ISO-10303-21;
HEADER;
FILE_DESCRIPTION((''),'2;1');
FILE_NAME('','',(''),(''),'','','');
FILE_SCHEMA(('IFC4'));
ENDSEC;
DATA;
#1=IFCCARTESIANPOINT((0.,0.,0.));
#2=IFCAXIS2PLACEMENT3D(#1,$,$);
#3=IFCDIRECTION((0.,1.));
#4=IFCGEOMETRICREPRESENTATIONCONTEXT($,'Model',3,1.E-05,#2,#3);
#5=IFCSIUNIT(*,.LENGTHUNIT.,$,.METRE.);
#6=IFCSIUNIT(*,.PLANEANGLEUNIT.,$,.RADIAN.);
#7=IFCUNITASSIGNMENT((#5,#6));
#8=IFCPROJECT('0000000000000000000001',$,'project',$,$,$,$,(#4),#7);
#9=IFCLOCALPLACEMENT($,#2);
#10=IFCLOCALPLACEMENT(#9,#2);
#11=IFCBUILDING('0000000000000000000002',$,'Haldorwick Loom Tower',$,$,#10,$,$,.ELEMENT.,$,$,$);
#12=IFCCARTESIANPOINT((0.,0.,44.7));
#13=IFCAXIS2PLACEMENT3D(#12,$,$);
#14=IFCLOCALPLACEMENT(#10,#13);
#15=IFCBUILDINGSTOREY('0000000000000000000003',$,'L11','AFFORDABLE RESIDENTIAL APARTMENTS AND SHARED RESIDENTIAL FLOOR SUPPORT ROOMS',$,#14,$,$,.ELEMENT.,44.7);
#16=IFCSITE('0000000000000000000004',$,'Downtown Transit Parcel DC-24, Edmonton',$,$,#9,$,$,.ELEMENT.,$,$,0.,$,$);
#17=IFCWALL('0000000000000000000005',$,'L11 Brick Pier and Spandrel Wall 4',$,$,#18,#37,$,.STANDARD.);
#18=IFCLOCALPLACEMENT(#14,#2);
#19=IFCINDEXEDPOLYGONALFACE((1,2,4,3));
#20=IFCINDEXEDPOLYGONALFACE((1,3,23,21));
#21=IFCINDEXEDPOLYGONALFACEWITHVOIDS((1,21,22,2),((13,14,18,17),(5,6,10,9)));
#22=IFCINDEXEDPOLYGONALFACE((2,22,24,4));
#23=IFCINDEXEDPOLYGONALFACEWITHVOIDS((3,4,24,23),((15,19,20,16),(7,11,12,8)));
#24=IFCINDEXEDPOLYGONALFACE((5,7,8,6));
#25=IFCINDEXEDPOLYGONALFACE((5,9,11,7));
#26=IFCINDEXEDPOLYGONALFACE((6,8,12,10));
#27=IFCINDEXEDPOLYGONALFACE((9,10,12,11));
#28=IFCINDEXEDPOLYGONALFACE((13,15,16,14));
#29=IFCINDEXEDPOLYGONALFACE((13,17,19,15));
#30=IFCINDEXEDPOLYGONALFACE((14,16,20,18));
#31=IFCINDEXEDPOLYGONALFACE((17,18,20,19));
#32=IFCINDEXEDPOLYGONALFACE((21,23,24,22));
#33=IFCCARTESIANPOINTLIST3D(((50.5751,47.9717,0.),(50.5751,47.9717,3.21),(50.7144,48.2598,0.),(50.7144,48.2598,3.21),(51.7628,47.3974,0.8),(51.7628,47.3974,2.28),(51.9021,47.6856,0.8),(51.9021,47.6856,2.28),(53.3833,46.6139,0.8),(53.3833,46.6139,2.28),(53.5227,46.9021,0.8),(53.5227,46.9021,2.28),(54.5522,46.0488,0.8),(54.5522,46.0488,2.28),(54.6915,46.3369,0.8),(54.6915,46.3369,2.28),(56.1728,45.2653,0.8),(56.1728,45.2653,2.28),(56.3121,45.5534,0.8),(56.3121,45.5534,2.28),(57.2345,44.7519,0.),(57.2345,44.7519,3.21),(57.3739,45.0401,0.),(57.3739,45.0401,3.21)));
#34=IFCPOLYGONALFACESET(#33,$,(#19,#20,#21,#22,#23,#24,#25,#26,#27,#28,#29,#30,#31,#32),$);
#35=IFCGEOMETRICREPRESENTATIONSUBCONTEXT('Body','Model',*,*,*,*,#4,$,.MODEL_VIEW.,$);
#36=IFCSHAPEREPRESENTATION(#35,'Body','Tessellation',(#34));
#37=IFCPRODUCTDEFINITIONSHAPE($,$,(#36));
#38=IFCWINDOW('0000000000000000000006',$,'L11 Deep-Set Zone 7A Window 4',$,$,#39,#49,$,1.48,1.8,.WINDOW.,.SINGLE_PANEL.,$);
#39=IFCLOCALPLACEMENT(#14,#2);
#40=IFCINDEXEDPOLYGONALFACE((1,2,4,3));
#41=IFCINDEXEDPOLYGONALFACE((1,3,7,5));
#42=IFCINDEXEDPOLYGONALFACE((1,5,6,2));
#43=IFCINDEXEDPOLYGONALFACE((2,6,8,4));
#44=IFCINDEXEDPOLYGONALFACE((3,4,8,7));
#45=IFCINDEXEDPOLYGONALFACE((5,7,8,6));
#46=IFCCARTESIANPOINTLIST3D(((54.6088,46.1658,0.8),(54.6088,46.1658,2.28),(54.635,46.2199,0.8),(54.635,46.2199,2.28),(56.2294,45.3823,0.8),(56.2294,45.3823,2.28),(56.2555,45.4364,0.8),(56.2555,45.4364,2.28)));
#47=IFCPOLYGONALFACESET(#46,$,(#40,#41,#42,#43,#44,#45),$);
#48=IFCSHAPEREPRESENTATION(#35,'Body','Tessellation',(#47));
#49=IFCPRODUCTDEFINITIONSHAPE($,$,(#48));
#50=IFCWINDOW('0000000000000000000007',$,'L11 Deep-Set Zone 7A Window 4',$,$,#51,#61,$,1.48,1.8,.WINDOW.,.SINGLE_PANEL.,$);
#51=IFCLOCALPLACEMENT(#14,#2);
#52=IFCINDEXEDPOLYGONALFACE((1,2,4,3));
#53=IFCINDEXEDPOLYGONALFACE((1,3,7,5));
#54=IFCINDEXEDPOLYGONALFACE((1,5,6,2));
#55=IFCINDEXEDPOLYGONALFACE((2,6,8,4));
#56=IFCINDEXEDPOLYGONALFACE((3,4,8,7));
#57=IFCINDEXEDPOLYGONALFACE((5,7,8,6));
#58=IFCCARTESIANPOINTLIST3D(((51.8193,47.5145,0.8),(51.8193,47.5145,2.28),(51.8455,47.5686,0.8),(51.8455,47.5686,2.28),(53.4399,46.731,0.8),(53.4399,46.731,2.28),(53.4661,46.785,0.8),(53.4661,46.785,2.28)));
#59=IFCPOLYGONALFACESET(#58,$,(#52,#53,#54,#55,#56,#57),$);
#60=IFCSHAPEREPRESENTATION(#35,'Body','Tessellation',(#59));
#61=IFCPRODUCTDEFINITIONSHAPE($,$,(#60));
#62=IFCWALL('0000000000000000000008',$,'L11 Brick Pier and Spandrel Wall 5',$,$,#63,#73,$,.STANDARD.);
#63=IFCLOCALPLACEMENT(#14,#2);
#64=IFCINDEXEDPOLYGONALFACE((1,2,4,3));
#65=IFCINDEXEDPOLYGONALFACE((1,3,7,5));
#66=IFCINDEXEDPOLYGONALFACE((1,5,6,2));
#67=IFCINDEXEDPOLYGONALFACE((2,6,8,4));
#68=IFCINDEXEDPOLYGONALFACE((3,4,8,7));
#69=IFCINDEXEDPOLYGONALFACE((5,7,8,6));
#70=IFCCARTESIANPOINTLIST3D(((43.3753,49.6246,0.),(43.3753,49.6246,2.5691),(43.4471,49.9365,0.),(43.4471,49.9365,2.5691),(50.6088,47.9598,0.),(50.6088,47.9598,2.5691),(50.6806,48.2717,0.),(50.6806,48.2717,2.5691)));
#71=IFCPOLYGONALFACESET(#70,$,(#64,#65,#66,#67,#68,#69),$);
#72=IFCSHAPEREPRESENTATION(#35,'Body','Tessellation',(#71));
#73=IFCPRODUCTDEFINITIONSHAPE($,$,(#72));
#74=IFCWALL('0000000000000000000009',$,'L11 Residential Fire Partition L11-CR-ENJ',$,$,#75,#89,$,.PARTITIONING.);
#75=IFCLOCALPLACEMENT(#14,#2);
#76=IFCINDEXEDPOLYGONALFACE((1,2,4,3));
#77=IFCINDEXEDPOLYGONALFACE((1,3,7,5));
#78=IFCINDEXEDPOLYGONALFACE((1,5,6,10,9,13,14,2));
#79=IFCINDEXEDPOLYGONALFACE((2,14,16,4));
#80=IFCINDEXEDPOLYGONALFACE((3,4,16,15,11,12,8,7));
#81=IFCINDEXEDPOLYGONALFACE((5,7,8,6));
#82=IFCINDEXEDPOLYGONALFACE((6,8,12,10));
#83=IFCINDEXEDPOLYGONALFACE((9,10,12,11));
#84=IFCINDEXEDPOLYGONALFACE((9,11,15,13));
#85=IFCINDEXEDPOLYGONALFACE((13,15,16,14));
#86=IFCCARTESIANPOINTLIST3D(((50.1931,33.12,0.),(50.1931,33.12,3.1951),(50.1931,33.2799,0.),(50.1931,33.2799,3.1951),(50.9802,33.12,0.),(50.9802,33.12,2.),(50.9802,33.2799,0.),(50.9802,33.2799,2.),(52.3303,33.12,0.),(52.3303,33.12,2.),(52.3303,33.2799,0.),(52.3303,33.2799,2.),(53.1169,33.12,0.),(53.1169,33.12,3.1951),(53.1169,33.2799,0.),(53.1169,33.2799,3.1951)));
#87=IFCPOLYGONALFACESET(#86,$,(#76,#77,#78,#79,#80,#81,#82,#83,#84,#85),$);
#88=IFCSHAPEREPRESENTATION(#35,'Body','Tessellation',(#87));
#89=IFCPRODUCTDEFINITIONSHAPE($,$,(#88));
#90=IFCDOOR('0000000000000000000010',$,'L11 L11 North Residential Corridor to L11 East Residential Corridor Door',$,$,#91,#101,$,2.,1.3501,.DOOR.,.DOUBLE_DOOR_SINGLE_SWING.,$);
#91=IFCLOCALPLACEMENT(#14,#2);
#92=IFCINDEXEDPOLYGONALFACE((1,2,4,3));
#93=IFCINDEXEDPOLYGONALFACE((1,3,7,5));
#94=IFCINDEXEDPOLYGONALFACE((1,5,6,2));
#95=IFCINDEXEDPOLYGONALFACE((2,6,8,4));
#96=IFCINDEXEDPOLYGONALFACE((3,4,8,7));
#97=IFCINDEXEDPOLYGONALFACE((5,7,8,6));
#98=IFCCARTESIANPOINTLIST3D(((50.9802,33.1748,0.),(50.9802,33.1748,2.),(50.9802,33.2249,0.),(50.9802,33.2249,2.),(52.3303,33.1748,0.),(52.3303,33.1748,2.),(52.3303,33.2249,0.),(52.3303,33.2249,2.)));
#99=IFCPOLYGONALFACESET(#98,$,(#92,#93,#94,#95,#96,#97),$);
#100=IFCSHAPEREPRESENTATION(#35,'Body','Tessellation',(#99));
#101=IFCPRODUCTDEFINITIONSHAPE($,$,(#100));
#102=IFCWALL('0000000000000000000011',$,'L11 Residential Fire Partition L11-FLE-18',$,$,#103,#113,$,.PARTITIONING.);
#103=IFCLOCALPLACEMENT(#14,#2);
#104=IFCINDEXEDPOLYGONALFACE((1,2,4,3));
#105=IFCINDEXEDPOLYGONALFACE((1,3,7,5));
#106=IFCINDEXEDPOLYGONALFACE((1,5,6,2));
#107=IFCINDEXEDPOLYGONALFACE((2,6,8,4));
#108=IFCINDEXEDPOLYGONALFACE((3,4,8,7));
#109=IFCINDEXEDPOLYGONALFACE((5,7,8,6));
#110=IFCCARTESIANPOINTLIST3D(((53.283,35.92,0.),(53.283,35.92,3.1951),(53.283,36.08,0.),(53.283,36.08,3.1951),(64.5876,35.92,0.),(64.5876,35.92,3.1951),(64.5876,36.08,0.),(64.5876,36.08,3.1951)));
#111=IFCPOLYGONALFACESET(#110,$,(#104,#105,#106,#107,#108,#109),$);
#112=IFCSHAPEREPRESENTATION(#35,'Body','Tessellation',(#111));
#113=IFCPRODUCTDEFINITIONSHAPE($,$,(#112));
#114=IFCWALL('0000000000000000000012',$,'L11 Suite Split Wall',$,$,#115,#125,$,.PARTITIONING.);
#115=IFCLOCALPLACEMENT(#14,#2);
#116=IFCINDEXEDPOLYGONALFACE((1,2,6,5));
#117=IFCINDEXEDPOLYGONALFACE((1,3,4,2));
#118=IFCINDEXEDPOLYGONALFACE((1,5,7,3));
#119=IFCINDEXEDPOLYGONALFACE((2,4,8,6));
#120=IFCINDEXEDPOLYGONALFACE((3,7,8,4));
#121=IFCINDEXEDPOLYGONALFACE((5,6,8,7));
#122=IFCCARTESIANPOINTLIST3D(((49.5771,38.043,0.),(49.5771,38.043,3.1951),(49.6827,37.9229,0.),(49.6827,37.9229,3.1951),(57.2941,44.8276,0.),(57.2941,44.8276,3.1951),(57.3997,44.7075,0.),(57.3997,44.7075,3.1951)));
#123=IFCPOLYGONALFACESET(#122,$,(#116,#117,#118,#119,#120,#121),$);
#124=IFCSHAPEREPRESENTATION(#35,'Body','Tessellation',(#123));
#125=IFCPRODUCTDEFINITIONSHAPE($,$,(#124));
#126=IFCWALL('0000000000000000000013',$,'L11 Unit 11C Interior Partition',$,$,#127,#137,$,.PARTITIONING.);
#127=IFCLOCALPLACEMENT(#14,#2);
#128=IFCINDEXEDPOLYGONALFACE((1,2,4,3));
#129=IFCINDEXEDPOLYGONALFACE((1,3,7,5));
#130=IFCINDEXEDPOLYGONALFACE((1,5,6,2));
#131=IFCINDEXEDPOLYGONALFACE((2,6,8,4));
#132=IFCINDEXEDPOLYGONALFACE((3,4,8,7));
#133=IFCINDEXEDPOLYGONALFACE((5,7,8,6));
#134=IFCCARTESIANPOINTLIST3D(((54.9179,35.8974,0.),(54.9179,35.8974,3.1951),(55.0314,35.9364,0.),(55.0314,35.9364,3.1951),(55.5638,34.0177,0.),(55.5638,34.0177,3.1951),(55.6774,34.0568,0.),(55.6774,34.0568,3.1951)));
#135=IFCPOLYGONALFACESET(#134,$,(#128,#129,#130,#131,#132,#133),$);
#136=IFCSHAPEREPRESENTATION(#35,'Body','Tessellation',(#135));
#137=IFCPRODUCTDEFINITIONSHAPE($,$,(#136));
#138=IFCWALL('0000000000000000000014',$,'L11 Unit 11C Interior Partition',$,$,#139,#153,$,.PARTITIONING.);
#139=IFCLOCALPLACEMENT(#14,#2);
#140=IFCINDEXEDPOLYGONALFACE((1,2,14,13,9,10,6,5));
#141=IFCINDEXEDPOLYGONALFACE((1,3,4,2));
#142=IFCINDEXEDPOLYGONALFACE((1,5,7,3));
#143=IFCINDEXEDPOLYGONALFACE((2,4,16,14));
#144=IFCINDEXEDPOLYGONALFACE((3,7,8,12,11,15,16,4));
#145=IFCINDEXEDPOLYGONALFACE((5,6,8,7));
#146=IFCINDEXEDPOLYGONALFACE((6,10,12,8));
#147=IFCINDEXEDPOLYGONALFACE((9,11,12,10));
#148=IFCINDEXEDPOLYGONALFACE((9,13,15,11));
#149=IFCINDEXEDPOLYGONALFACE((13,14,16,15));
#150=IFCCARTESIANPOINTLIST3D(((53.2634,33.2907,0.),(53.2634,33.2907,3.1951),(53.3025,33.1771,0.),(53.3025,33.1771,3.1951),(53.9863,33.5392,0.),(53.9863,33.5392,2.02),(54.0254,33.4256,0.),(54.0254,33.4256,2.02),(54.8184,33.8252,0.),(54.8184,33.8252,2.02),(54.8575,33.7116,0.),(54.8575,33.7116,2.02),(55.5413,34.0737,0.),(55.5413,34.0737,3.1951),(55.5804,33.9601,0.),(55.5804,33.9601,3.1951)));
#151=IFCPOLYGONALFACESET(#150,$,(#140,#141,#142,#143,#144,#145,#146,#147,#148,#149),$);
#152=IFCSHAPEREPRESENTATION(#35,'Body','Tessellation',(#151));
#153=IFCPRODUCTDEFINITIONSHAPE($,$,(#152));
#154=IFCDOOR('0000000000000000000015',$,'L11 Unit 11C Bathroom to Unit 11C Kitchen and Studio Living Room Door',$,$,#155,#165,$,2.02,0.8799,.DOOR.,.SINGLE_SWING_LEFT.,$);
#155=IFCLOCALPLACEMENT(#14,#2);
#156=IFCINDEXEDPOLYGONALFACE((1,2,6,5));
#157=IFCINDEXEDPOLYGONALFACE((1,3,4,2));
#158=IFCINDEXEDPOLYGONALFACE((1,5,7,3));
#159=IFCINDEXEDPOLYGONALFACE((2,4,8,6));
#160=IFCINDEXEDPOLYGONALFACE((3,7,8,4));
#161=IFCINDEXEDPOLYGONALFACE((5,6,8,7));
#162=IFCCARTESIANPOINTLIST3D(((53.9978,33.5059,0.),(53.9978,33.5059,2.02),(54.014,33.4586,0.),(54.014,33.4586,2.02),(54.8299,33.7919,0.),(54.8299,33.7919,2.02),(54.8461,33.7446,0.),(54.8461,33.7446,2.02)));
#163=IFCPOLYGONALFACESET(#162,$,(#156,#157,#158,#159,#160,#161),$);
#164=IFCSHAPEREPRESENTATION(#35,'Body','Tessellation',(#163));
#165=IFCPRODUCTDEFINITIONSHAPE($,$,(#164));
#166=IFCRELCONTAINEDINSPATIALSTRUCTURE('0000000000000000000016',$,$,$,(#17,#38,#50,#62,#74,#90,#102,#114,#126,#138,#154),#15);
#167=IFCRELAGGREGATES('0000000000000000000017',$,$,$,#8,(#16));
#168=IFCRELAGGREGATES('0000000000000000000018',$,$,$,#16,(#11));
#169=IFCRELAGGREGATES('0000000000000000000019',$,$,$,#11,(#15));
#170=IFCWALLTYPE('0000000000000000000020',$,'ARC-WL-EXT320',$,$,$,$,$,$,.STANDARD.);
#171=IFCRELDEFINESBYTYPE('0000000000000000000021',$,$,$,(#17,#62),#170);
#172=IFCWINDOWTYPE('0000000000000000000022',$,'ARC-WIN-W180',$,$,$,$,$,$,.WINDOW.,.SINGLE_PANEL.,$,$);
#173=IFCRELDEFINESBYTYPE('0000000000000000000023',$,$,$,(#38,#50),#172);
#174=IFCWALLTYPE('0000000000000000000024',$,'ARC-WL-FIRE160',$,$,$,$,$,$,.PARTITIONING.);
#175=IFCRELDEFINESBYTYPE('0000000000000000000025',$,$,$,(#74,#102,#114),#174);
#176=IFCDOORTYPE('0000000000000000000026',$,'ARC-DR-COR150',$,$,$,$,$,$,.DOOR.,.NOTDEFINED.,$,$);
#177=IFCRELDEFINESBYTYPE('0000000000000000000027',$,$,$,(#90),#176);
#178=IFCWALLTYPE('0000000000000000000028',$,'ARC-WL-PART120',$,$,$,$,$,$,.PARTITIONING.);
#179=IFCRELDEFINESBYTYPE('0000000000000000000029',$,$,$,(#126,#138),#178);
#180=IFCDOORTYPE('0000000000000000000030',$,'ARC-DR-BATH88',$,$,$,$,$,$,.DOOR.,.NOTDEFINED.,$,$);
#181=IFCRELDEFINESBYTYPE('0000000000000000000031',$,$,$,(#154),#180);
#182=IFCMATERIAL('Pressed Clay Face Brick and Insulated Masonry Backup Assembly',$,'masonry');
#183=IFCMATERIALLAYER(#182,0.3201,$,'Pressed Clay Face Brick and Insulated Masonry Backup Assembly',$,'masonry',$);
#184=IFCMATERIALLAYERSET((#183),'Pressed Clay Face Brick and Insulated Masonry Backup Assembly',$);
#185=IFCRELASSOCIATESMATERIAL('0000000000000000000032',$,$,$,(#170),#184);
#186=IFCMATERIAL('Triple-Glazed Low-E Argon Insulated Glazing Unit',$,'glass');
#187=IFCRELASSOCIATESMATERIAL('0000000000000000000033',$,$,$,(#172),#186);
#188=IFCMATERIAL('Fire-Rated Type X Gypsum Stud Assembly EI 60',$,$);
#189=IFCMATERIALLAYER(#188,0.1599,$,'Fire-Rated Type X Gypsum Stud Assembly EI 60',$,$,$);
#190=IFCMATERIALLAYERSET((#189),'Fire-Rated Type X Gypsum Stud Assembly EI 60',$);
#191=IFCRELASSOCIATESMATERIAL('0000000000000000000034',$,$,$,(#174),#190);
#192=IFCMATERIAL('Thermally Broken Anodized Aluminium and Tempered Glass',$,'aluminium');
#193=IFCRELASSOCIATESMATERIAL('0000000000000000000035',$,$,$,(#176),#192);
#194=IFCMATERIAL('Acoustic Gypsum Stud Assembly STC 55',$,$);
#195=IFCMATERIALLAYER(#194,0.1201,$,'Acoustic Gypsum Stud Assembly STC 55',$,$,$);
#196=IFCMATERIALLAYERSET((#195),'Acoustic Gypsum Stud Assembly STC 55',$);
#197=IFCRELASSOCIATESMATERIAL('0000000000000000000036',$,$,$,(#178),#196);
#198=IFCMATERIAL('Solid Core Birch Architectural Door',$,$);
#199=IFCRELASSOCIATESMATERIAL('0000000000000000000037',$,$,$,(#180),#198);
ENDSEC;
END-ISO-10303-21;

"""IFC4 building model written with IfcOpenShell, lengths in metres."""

from ifc_helpers import new_model, si_unit, direction, frame, frame_2d, origin, place, context, subcontext, project, spatial, rectangle, extrude, material, layer, layer_set, type_object, element, fill, save


model = new_model("IFC4")

# Units and contexts
model_context = context("Model", 3, precision=1e-05, world=origin(), true_north=direction((0.0, 1.0)))
body_context = subcontext(model_context, "Body", "Model", "MODEL_VIEW")
ifc_project = project(units=[si_unit("LENGTHUNIT", "METRE"), si_unit("PLANEANGLEUNIT", "RADIAN")], contexts=[model_context])

# Site, building, storey
site_placement = place(None, origin())
site = spatial("IfcSite", under=ifc_project, at=site_placement, Name="Downtown Transit Parcel DC-24, Edmonton", CompositionType="ELEMENT", RefElevation=0.0)
building_placement = place(site_placement, origin())
building = spatial("IfcBuilding", under=site, at=building_placement, Name="Haldorwick Loom Tower", CompositionType="ELEMENT")
storey_placement = place(building_placement, frame((0.0, 0.0, 44.7)))
storey = spatial("IfcBuildingStorey", under=building, at=storey_placement, Name="L11", Description="AFFORDABLE RESIDENTIAL APARTMENTS AND SHARED RESIDENTIAL FLOOR SUPPORT ROOMS", CompositionType="ELEMENT", Elevation=44.7)

# Shared definitions
ifc_material_1 = material(Name="Pressed Clay Face Brick and Insulated Masonry Backup Assembly", Category="masonry")
ifc_layer_1 = layer(ifc_material_1, 0.3201, Name="Pressed Clay Face Brick and Insulated Masonry Backup Assembly", Category="masonry")
ifc_layer_set_1 = layer_set([ifc_layer_1], Name="Pressed Clay Face Brick and Insulated Masonry Backup Assembly")
wall_type_1 = type_object("IfcWallType", Name="ARC-WL-EXT320", PredefinedType="STANDARD", material=ifc_layer_set_1)
ifc_material_2 = material(Name="Triple-Glazed Low-E Argon Insulated Glazing Unit", Category="glass")
window_type = type_object("IfcWindowType", Name="ARC-WIN-W180", PartitioningType="SINGLE_PANEL", PredefinedType="WINDOW", material=ifc_material_2)

# Wall, openings, windows
wall_1_placement = place(storey_placement, frame((57.3042, 44.896, 0.0), z_axis=(0.0, 0.0, 1.0), x_axis=(-0.900296, 0.435279, 0.0)))
wall_1 = element("IfcWall", 1, at=wall_1_placement, inside=storey, type_object=wall_type_1, Name="L11 Brick Pier and Spandrel Wall 4", PredefinedType="STANDARD", context=body_context, shape_type="SweptSolid", body=[
    extrude(rectangle(XDim=7.397, YDim=0.3201, at=frame_2d((3.6985, 0.0))), origin(), (0.0, 0.0, 1.0), 3.21),
])
opening_1_placement = place(wall_1_placement, frame((1.1794, 0.0, 0.8)))
opening_1 = element("IfcOpeningElement", 2, at=opening_1_placement, cuts=wall_1, PredefinedType="OPENING", context=body_context, shape_type="SweptSolid", body=[
    extrude(rectangle(XDim=1.8, YDim=1.48, at=frame_2d((0.8999, 0.74))), frame((0.0, 0.1699, 0.0), z_axis=(0.0, -1.0, 0.0), x_axis=(1.0, 0.0, 0.0)), (0.0, 0.0, 1.0), 0.3401),
])
opening_2_placement = place(wall_1_placement, frame((4.2778, 0.0, 0.8)))
opening_2 = element("IfcOpeningElement", 3, at=opening_2_placement, cuts=wall_1, PredefinedType="OPENING", context=body_context, shape_type="SweptSolid", body=[
    extrude(rectangle(XDim=1.8, YDim=1.48, at=frame_2d((0.8999, 0.74))), frame((0.0, 0.1699, 0.0), z_axis=(0.0, -1.0, 0.0), x_axis=(1.0, 0.0, 0.0)), (0.0, 0.0, 1.0), 0.3401),
])
window_1_placement = place(opening_1_placement, origin())
window_1 = element("IfcWindow", 4, at=window_1_placement, inside=storey, type_object=window_type, Name="L11 Deep-Set Zone 7A Window 4", OverallHeight=1.48, OverallWidth=1.8, PartitioningType="SINGLE_PANEL", PredefinedType="WINDOW", context=body_context, shape_type="SweptSolid", body=[
    extrude(rectangle(XDim=1.8, YDim=1.48, at=frame_2d((0.8999, 0.74))), frame((0.0, 0.03, 0.0), z_axis=(0.0, -1.0, 0.0), x_axis=(1.0, 0.0, 0.0)), (0.0, 0.0, 1.0), 0.0601),
])
fill(opening_1, window_1)
window_2_placement = place(opening_2_placement, origin())
window_2 = element("IfcWindow", 5, at=window_2_placement, inside=storey, type_object=window_type, Name="L11 Deep-Set Zone 7A Window 4", OverallHeight=1.48, OverallWidth=1.8, PartitioningType="SINGLE_PANEL", PredefinedType="WINDOW", context=body_context, shape_type="SweptSolid", body=[
    extrude(rectangle(XDim=1.8, YDim=1.48, at=frame_2d((0.8999, 0.74))), frame((0.0, 0.03, 0.0), z_axis=(0.0, -1.0, 0.0), x_axis=(1.0, 0.0, 0.0)), (0.0, 0.0, 1.0), 0.0601),
])
fill(opening_2, window_2)

# Wall
wall_2_placement = place(storey_placement, frame((50.6448, 48.1157, 0.0), z_axis=(0.0, 0.0, 1.0), x_axis=(-0.974522, 0.22429, 0.0)))
element("IfcWall", 6, at=wall_2_placement, inside=storey, type_object=wall_type_1, Name="L11 Brick Pier and Spandrel Wall 5", PredefinedType="STANDARD", context=body_context, shape_type="SweptSolid", body=[
    extrude(rectangle(XDim=7.4226, YDim=0.3201, at=frame_2d((3.7114, 0.0))), origin(), (0.0, 0.0, 1.0), 2.5691),
])

# Wall, opening, door
ifc_material_3 = material(Name="Fire-Rated Type X Gypsum Stud Assembly EI 60")
ifc_layer_2 = layer(ifc_material_3, 0.1599, Name="Fire-Rated Type X Gypsum Stud Assembly EI 60")
ifc_layer_set_2 = layer_set([ifc_layer_2], Name="Fire-Rated Type X Gypsum Stud Assembly EI 60")
wall_type_2 = type_object("IfcWallType", Name="ARC-WL-FIRE160", PredefinedType="PARTITIONING", material=ifc_layer_set_2)
wall_3_placement = place(storey_placement, frame((50.1931, 33.2, 0.0), z_axis=(0.0, 0.0, 1.0), x_axis=(1.0, 0.0, 0.0)))
wall_3 = element("IfcWall", 7, at=wall_3_placement, inside=storey, type_object=wall_type_2, Name="L11 Residential Fire Partition L11-CR-ENJ", PredefinedType="PARTITIONING", context=body_context, shape_type="SweptSolid", body=[
    extrude(rectangle(XDim=2.9238, YDim=0.1599, at=frame_2d((1.4619, 0.0))), origin(), (0.0, 0.0, 1.0), 3.1951),
])
opening_3_placement = place(wall_3_placement, frame((0.7871, 0.0, 0.0)))
opening_3 = element("IfcOpeningElement", 8, at=opening_3_placement, cuts=wall_3, PredefinedType="OPENING", context=body_context, shape_type="SweptSolid", body=[
    extrude(rectangle(XDim=1.3501, YDim=2.0, at=frame_2d((0.675, 1.0))), frame((0.0, 0.0898, 0.0), z_axis=(0.0, -1.0, 0.0), x_axis=(1.0, 0.0, 0.0)), (0.0, 0.0, 1.0), 0.1799),
])
ifc_material_4 = material(Name="Thermally Broken Anodized Aluminium and Tempered Glass", Category="aluminium")
door_type_1 = type_object("IfcDoorType", Name="ARC-DR-COR150", OperationType="NOTDEFINED", PredefinedType="DOOR", material=ifc_material_4)
door_1_placement = place(opening_3_placement, origin())
door_1 = element("IfcDoor", 9, at=door_1_placement, inside=storey, type_object=door_type_1, Name="L11 L11 North Residential Corridor to L11 East Residential Corridor Door", OperationType="DOUBLE_DOOR_SINGLE_SWING", OverallHeight=2.0, OverallWidth=1.3501, PredefinedType="DOOR", context=body_context, shape_type="SweptSolid", body=[
    extrude(rectangle(XDim=1.3501, YDim=2.0, at=frame_2d((0.675, 1.0))), frame((0.0, 0.0249, 0.0), z_axis=(0.0, -1.0, 0.0), x_axis=(1.0, 0.0, 0.0)), (0.0, 0.0, 1.0), 0.05),
])
fill(opening_3, door_1)

# Walls
wall_4_placement = place(storey_placement, frame((53.283, 36.0, 0.0), z_axis=(0.0, 0.0, 1.0), x_axis=(1.0, 0.0, 0.0)))
element("IfcWall", 10, at=wall_4_placement, inside=storey, type_object=wall_type_2, Name="L11 Residential Fire Partition L11-FLE-18", PredefinedType="PARTITIONING", context=body_context, shape_type="SweptSolid", body=[
    extrude(rectangle(XDim=11.3047, YDim=0.1599, at=frame_2d((5.6523, 0.0))), origin(), (0.0, 0.0, 1.0), 3.1951),
])
wall_5_placement = place(storey_placement, frame((49.6299, 37.9829, 0.0), z_axis=(0.0, 0.0, 1.0), x_axis=(0.751019, 0.660281, 0.0)))
element("IfcWall", 11, at=wall_5_placement, inside=storey, type_object=wall_type_2, Name="L11 Suite Split Wall", PredefinedType="PARTITIONING", context=body_context, shape_type="SweptSolid", body=[
    extrude(rectangle(XDim=10.2754, YDim=0.1599, at=frame_2d((5.1377, 0.0))), origin(), (0.0, 0.0, 1.0), 3.1951),
])
ifc_material_5 = material(Name="Acoustic Gypsum Stud Assembly STC 55")
ifc_layer_3 = layer(ifc_material_5, 0.1201, Name="Acoustic Gypsum Stud Assembly STC 55")
ifc_layer_set_3 = layer_set([ifc_layer_3], Name="Acoustic Gypsum Stud Assembly STC 55")
wall_type_3 = type_object("IfcWallType", Name="ARC-WL-PART120", PredefinedType="PARTITIONING", material=ifc_layer_set_3)
wall_6_placement = place(storey_placement, frame((55.6206, 34.0374, 0.0), z_axis=(0.0, 0.0, 1.0), x_axis=(-0.325021, 0.945707, 0.0)))
element("IfcWall", 12, at=wall_6_placement, inside=storey, type_object=wall_type_3, Name="L11 Unit 11C Interior Partition", PredefinedType="PARTITIONING", context=body_context, shape_type="SweptSolid", body=[
    extrude(rectangle(XDim=1.9875, YDim=0.1201, at=frame_2d((0.9937, 0.0))), origin(), (0.0, 0.0, 1.0), 3.1951),
])

# Wall, opening, door
wall_7_placement = place(storey_placement, frame((53.283, 33.2339, 0.0), z_axis=(0.0, 0.0, 1.0), x_axis=(0.945692, 0.325063, 0.0)))
wall_7 = element("IfcWall", 13, at=wall_7_placement, inside=storey, type_object=wall_type_3, Name="L11 Unit 11C Interior Partition", PredefinedType="PARTITIONING", context=body_context, shape_type="SweptSolid", body=[
    extrude(rectangle(XDim=2.4087, YDim=0.1201, at=frame_2d((1.2043, 0.0))), origin(), (0.0, 0.0, 1.0), 3.1951),
])
opening_4_placement = place(wall_7_placement, frame((0.7644, 0.0, 0.0)))
opening_4 = element("IfcOpeningElement", 14, at=opening_4_placement, cuts=wall_7, PredefinedType="OPENING", context=body_context, shape_type="SweptSolid", body=[
    extrude(rectangle(XDim=0.8799, YDim=2.02, at=frame_2d((0.4399, 1.01))), frame((0.0, 0.0701, 0.0), z_axis=(0.0, -1.0, 0.0), x_axis=(1.0, 0.0, 0.0)), (0.0, 0.0, 1.0), 0.1401),
])
ifc_material_6 = material(Name="Solid Core Birch Architectural Door")
door_type_2 = type_object("IfcDoorType", Name="ARC-DR-BATH88", OperationType="NOTDEFINED", PredefinedType="DOOR", material=ifc_material_6)
door_2_placement = place(opening_4_placement, origin())
door_2 = element("IfcDoor", 15, at=door_2_placement, inside=storey, type_object=door_type_2, Name="L11 Unit 11C Bathroom to Unit 11C Kitchen and Studio Living Room Door", OperationType="SINGLE_SWING_LEFT", OverallHeight=2.02, OverallWidth=0.8799, PredefinedType="DOOR", context=body_context, shape_type="SweptSolid", body=[
    extrude(rectangle(XDim=0.8799, YDim=2.02, at=frame_2d((0.4399, 1.01))), frame((0.0, 0.0249, 0.0), z_axis=(0.0, -1.0, 0.0), x_axis=(1.0, 0.0, 0.0)), (0.0, 0.0, 1.0), 0.05),
])
fill(opening_4, door_2)

save(model, "model.ifc")
